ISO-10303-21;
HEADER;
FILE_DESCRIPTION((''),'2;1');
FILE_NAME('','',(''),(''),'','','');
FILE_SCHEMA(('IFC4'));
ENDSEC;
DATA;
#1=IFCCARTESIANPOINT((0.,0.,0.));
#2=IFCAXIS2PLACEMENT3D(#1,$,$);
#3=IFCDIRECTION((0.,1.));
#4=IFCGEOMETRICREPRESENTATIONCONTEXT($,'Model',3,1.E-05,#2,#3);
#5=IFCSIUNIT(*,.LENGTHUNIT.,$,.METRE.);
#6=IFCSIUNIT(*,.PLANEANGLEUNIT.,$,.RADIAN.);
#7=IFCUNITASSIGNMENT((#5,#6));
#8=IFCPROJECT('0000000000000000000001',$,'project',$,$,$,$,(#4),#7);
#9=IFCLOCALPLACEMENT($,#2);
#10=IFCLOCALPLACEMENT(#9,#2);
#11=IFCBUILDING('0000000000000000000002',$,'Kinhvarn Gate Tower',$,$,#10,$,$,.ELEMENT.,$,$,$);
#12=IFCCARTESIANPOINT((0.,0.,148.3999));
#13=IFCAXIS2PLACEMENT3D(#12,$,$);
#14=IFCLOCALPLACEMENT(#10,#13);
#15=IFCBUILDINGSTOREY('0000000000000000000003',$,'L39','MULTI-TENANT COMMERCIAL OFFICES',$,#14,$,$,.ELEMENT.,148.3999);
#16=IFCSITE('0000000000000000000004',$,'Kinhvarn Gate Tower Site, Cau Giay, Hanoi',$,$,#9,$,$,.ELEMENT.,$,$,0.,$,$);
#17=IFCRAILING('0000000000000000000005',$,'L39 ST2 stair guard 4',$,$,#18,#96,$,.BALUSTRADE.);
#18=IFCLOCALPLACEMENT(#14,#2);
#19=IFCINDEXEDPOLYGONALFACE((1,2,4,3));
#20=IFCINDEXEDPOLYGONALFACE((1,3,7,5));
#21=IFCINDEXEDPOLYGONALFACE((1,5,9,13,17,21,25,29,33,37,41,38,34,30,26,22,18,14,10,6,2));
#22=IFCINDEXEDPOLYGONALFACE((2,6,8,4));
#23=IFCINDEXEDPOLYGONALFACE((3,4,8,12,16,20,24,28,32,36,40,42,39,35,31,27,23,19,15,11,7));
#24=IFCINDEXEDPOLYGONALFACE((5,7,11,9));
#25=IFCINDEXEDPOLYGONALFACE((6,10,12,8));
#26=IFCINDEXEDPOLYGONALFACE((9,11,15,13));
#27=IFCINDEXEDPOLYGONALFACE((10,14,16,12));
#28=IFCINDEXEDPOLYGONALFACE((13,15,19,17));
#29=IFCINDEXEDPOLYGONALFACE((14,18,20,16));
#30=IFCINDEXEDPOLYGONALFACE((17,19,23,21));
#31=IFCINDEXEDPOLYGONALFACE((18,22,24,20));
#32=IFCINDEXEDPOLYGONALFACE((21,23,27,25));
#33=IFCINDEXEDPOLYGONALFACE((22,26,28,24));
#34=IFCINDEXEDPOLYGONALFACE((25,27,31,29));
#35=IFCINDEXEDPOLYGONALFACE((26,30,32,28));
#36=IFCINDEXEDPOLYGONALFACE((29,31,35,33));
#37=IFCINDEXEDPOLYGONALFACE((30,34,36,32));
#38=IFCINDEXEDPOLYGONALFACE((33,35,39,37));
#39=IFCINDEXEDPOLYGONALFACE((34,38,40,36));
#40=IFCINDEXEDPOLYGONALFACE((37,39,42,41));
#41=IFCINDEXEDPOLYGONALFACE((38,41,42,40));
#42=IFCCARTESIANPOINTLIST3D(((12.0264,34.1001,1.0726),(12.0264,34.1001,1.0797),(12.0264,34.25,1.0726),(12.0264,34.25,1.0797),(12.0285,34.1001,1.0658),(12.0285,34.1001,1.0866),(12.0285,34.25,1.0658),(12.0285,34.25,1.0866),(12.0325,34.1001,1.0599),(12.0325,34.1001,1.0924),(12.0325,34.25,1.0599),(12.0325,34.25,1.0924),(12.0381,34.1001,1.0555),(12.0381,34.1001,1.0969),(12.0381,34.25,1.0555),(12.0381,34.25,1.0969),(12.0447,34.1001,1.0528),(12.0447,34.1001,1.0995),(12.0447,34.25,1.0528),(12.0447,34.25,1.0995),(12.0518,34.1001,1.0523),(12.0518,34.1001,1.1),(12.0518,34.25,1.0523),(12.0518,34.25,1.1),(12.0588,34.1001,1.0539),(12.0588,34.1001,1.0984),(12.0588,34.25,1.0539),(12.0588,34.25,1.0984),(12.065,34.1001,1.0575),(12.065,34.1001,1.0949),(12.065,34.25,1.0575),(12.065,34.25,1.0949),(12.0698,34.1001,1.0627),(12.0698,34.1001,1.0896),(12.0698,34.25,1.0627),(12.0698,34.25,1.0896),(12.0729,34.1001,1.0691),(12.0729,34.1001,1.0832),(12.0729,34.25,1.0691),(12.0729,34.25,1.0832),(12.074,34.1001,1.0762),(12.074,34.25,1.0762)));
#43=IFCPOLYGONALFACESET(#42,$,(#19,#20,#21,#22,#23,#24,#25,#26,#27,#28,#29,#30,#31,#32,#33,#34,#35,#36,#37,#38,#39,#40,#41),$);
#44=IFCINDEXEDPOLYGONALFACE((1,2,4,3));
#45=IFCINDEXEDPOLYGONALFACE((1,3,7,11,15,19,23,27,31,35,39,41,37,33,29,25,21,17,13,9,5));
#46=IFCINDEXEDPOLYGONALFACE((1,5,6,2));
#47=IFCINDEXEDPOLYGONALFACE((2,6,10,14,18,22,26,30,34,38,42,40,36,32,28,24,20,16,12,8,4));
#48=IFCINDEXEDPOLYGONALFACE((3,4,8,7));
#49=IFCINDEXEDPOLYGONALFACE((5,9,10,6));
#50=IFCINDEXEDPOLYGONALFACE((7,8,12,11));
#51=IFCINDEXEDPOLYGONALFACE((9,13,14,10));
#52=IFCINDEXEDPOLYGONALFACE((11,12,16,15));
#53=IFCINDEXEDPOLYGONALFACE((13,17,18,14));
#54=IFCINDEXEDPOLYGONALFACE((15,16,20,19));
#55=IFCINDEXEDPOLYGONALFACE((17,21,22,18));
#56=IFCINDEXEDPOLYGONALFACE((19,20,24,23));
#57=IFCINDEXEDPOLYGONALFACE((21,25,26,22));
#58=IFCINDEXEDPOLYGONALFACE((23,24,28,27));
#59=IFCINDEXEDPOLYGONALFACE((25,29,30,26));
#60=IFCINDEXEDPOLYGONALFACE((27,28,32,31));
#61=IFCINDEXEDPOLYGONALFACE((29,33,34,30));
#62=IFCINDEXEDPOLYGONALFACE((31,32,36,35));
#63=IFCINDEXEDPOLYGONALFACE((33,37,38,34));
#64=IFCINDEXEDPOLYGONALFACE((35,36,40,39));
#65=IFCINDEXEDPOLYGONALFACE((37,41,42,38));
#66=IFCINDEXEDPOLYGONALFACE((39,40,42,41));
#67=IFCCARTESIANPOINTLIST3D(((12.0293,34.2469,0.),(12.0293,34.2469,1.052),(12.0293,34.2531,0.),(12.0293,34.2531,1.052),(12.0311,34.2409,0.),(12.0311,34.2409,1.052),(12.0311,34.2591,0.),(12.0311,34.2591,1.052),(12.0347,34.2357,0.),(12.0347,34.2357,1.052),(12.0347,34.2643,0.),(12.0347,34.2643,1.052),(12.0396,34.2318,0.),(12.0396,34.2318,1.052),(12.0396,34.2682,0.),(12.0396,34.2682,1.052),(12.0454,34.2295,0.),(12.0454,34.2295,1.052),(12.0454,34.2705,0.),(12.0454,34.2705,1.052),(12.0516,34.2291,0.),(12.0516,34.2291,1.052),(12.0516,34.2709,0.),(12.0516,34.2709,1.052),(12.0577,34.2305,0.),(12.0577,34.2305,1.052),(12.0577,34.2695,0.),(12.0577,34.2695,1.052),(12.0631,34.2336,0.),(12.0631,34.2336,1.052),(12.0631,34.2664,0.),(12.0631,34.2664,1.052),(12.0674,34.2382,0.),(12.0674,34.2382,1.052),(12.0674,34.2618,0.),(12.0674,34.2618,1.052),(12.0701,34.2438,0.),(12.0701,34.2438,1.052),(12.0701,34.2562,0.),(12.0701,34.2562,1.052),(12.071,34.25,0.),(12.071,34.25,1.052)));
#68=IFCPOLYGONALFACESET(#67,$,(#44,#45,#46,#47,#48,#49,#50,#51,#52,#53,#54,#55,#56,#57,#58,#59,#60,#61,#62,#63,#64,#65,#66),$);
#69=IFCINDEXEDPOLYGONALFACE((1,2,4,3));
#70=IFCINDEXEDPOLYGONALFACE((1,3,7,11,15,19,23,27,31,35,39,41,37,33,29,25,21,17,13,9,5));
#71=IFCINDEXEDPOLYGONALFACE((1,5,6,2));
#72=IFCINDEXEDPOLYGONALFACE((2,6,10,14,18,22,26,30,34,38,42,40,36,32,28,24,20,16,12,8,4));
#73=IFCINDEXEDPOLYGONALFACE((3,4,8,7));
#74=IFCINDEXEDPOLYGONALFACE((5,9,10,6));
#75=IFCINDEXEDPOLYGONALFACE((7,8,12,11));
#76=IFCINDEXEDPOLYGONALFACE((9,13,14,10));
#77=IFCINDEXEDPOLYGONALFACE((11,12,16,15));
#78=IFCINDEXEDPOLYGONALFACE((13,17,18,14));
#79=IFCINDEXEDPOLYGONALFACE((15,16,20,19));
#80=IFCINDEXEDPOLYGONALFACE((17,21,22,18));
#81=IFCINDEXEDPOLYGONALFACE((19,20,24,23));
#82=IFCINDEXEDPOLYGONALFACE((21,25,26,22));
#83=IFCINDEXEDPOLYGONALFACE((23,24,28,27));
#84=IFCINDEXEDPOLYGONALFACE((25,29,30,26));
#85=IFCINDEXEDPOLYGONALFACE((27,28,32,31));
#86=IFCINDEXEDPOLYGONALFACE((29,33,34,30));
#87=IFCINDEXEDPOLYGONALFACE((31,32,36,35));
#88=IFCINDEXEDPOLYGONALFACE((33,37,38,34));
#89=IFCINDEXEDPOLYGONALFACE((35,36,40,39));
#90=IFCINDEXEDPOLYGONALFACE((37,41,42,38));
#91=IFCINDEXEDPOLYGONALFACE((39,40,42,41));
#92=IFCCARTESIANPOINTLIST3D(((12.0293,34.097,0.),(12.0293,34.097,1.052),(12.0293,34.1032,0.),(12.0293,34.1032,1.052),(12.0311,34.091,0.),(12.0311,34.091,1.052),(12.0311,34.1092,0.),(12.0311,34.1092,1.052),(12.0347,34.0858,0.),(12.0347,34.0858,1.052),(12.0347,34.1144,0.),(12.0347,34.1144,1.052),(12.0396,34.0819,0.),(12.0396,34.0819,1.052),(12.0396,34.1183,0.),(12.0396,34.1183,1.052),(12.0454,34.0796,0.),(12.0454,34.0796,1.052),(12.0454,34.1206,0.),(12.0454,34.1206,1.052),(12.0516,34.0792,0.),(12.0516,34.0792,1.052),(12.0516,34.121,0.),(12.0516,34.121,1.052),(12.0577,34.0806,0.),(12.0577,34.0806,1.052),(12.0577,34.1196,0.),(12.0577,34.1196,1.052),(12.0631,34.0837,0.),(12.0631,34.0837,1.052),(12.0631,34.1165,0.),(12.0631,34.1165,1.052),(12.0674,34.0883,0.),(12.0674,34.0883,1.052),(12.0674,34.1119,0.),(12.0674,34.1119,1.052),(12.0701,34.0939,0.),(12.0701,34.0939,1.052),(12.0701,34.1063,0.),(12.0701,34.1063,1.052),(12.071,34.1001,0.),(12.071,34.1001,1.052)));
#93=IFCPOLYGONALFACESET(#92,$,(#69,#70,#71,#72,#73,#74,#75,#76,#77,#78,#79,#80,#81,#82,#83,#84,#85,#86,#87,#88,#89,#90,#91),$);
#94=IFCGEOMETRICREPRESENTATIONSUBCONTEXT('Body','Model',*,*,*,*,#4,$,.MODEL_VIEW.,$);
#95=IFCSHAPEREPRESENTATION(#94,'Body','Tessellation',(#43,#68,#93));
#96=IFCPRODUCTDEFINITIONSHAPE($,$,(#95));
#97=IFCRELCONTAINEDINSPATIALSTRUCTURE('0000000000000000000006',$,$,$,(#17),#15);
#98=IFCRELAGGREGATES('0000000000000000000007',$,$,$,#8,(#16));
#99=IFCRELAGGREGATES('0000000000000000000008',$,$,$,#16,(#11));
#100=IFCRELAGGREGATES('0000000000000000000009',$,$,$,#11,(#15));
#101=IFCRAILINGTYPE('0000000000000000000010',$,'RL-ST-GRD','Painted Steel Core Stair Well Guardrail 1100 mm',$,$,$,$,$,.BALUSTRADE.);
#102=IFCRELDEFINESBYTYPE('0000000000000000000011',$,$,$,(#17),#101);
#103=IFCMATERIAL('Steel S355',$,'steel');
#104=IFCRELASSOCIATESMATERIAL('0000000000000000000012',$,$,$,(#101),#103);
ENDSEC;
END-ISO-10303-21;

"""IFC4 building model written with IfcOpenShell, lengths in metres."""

from ifc_helpers import new_model, si_unit, direction, frame, origin, origin_2d, place, context, subcontext, project, spatial, circle, extrude, material, type_object, element, save


model = new_model("IFC4")

# Units and contexts
model_context = context("Model", 3, precision=1e-05, world=origin(), true_north=direction((0.0, 1.0)))
body_context = subcontext(model_context, "Body", "Model", "MODEL_VIEW")
ifc_project = project(units=[si_unit("LENGTHUNIT", "METRE"), si_unit("PLANEANGLEUNIT", "RADIAN")], contexts=[model_context])

# Site, building, storey
site_placement = place(None, origin())
site = spatial("IfcSite", under=ifc_project, at=site_placement, Name="Kinhvarn Gate Tower Site, Cau Giay, Hanoi", CompositionType="ELEMENT", RefElevation=0.0)
building_placement = place(site_placement, origin())
building = spatial("IfcBuilding", under=site, at=building_placement, Name="Kinhvarn Gate Tower", CompositionType="ELEMENT")
storey_placement = place(building_placement, frame((0.0, 0.0, 148.3999)))
storey = spatial("IfcBuildingStorey", under=building, at=storey_placement, Name="L39", Description="MULTI-TENANT COMMERCIAL OFFICES", CompositionType="ELEMENT", Elevation=148.3999)

# Shared definitions
ifc_material_1 = material(Name="Steel S355", Category="steel")

# Railing
railing_type_1 = type_object("IfcRailingType", Name="RL-ST-GRD", Description="Painted Steel Core Stair Well Guardrail 1100 mm", PredefinedType="BALUSTRADE", material=ifc_material_1)
railing_1_placement = place(storey_placement, frame((12.05, 34.25, 0.0)))
element("IfcRailing", 1, at=railing_1_placement, inside=storey, type_object=railing_type_1, Name="L39 ST2 stair guard 4", PredefinedType="BALUSTRADE", context=body_context, shape_type="SweptSolid", body=[
    extrude(circle(Radius=0.0239, at=origin_2d()), frame((0.0, 0.0, 1.0762), z_axis=(0.0, -1.0, 0.0), x_axis=(1.0, 0.0, 0.0)), (0.0, 0.0, 1.0), 0.1499),
    extrude(circle(Radius=0.021, at=origin_2d()), origin(), (0.0, 0.0, 1.0), 1.052),
    extrude(circle(Radius=0.021, at=origin_2d()), frame((0.0, -0.1499, 0.0)), (0.0, 0.0, 1.0), 1.052),
])

save(model, "model.ifc")
